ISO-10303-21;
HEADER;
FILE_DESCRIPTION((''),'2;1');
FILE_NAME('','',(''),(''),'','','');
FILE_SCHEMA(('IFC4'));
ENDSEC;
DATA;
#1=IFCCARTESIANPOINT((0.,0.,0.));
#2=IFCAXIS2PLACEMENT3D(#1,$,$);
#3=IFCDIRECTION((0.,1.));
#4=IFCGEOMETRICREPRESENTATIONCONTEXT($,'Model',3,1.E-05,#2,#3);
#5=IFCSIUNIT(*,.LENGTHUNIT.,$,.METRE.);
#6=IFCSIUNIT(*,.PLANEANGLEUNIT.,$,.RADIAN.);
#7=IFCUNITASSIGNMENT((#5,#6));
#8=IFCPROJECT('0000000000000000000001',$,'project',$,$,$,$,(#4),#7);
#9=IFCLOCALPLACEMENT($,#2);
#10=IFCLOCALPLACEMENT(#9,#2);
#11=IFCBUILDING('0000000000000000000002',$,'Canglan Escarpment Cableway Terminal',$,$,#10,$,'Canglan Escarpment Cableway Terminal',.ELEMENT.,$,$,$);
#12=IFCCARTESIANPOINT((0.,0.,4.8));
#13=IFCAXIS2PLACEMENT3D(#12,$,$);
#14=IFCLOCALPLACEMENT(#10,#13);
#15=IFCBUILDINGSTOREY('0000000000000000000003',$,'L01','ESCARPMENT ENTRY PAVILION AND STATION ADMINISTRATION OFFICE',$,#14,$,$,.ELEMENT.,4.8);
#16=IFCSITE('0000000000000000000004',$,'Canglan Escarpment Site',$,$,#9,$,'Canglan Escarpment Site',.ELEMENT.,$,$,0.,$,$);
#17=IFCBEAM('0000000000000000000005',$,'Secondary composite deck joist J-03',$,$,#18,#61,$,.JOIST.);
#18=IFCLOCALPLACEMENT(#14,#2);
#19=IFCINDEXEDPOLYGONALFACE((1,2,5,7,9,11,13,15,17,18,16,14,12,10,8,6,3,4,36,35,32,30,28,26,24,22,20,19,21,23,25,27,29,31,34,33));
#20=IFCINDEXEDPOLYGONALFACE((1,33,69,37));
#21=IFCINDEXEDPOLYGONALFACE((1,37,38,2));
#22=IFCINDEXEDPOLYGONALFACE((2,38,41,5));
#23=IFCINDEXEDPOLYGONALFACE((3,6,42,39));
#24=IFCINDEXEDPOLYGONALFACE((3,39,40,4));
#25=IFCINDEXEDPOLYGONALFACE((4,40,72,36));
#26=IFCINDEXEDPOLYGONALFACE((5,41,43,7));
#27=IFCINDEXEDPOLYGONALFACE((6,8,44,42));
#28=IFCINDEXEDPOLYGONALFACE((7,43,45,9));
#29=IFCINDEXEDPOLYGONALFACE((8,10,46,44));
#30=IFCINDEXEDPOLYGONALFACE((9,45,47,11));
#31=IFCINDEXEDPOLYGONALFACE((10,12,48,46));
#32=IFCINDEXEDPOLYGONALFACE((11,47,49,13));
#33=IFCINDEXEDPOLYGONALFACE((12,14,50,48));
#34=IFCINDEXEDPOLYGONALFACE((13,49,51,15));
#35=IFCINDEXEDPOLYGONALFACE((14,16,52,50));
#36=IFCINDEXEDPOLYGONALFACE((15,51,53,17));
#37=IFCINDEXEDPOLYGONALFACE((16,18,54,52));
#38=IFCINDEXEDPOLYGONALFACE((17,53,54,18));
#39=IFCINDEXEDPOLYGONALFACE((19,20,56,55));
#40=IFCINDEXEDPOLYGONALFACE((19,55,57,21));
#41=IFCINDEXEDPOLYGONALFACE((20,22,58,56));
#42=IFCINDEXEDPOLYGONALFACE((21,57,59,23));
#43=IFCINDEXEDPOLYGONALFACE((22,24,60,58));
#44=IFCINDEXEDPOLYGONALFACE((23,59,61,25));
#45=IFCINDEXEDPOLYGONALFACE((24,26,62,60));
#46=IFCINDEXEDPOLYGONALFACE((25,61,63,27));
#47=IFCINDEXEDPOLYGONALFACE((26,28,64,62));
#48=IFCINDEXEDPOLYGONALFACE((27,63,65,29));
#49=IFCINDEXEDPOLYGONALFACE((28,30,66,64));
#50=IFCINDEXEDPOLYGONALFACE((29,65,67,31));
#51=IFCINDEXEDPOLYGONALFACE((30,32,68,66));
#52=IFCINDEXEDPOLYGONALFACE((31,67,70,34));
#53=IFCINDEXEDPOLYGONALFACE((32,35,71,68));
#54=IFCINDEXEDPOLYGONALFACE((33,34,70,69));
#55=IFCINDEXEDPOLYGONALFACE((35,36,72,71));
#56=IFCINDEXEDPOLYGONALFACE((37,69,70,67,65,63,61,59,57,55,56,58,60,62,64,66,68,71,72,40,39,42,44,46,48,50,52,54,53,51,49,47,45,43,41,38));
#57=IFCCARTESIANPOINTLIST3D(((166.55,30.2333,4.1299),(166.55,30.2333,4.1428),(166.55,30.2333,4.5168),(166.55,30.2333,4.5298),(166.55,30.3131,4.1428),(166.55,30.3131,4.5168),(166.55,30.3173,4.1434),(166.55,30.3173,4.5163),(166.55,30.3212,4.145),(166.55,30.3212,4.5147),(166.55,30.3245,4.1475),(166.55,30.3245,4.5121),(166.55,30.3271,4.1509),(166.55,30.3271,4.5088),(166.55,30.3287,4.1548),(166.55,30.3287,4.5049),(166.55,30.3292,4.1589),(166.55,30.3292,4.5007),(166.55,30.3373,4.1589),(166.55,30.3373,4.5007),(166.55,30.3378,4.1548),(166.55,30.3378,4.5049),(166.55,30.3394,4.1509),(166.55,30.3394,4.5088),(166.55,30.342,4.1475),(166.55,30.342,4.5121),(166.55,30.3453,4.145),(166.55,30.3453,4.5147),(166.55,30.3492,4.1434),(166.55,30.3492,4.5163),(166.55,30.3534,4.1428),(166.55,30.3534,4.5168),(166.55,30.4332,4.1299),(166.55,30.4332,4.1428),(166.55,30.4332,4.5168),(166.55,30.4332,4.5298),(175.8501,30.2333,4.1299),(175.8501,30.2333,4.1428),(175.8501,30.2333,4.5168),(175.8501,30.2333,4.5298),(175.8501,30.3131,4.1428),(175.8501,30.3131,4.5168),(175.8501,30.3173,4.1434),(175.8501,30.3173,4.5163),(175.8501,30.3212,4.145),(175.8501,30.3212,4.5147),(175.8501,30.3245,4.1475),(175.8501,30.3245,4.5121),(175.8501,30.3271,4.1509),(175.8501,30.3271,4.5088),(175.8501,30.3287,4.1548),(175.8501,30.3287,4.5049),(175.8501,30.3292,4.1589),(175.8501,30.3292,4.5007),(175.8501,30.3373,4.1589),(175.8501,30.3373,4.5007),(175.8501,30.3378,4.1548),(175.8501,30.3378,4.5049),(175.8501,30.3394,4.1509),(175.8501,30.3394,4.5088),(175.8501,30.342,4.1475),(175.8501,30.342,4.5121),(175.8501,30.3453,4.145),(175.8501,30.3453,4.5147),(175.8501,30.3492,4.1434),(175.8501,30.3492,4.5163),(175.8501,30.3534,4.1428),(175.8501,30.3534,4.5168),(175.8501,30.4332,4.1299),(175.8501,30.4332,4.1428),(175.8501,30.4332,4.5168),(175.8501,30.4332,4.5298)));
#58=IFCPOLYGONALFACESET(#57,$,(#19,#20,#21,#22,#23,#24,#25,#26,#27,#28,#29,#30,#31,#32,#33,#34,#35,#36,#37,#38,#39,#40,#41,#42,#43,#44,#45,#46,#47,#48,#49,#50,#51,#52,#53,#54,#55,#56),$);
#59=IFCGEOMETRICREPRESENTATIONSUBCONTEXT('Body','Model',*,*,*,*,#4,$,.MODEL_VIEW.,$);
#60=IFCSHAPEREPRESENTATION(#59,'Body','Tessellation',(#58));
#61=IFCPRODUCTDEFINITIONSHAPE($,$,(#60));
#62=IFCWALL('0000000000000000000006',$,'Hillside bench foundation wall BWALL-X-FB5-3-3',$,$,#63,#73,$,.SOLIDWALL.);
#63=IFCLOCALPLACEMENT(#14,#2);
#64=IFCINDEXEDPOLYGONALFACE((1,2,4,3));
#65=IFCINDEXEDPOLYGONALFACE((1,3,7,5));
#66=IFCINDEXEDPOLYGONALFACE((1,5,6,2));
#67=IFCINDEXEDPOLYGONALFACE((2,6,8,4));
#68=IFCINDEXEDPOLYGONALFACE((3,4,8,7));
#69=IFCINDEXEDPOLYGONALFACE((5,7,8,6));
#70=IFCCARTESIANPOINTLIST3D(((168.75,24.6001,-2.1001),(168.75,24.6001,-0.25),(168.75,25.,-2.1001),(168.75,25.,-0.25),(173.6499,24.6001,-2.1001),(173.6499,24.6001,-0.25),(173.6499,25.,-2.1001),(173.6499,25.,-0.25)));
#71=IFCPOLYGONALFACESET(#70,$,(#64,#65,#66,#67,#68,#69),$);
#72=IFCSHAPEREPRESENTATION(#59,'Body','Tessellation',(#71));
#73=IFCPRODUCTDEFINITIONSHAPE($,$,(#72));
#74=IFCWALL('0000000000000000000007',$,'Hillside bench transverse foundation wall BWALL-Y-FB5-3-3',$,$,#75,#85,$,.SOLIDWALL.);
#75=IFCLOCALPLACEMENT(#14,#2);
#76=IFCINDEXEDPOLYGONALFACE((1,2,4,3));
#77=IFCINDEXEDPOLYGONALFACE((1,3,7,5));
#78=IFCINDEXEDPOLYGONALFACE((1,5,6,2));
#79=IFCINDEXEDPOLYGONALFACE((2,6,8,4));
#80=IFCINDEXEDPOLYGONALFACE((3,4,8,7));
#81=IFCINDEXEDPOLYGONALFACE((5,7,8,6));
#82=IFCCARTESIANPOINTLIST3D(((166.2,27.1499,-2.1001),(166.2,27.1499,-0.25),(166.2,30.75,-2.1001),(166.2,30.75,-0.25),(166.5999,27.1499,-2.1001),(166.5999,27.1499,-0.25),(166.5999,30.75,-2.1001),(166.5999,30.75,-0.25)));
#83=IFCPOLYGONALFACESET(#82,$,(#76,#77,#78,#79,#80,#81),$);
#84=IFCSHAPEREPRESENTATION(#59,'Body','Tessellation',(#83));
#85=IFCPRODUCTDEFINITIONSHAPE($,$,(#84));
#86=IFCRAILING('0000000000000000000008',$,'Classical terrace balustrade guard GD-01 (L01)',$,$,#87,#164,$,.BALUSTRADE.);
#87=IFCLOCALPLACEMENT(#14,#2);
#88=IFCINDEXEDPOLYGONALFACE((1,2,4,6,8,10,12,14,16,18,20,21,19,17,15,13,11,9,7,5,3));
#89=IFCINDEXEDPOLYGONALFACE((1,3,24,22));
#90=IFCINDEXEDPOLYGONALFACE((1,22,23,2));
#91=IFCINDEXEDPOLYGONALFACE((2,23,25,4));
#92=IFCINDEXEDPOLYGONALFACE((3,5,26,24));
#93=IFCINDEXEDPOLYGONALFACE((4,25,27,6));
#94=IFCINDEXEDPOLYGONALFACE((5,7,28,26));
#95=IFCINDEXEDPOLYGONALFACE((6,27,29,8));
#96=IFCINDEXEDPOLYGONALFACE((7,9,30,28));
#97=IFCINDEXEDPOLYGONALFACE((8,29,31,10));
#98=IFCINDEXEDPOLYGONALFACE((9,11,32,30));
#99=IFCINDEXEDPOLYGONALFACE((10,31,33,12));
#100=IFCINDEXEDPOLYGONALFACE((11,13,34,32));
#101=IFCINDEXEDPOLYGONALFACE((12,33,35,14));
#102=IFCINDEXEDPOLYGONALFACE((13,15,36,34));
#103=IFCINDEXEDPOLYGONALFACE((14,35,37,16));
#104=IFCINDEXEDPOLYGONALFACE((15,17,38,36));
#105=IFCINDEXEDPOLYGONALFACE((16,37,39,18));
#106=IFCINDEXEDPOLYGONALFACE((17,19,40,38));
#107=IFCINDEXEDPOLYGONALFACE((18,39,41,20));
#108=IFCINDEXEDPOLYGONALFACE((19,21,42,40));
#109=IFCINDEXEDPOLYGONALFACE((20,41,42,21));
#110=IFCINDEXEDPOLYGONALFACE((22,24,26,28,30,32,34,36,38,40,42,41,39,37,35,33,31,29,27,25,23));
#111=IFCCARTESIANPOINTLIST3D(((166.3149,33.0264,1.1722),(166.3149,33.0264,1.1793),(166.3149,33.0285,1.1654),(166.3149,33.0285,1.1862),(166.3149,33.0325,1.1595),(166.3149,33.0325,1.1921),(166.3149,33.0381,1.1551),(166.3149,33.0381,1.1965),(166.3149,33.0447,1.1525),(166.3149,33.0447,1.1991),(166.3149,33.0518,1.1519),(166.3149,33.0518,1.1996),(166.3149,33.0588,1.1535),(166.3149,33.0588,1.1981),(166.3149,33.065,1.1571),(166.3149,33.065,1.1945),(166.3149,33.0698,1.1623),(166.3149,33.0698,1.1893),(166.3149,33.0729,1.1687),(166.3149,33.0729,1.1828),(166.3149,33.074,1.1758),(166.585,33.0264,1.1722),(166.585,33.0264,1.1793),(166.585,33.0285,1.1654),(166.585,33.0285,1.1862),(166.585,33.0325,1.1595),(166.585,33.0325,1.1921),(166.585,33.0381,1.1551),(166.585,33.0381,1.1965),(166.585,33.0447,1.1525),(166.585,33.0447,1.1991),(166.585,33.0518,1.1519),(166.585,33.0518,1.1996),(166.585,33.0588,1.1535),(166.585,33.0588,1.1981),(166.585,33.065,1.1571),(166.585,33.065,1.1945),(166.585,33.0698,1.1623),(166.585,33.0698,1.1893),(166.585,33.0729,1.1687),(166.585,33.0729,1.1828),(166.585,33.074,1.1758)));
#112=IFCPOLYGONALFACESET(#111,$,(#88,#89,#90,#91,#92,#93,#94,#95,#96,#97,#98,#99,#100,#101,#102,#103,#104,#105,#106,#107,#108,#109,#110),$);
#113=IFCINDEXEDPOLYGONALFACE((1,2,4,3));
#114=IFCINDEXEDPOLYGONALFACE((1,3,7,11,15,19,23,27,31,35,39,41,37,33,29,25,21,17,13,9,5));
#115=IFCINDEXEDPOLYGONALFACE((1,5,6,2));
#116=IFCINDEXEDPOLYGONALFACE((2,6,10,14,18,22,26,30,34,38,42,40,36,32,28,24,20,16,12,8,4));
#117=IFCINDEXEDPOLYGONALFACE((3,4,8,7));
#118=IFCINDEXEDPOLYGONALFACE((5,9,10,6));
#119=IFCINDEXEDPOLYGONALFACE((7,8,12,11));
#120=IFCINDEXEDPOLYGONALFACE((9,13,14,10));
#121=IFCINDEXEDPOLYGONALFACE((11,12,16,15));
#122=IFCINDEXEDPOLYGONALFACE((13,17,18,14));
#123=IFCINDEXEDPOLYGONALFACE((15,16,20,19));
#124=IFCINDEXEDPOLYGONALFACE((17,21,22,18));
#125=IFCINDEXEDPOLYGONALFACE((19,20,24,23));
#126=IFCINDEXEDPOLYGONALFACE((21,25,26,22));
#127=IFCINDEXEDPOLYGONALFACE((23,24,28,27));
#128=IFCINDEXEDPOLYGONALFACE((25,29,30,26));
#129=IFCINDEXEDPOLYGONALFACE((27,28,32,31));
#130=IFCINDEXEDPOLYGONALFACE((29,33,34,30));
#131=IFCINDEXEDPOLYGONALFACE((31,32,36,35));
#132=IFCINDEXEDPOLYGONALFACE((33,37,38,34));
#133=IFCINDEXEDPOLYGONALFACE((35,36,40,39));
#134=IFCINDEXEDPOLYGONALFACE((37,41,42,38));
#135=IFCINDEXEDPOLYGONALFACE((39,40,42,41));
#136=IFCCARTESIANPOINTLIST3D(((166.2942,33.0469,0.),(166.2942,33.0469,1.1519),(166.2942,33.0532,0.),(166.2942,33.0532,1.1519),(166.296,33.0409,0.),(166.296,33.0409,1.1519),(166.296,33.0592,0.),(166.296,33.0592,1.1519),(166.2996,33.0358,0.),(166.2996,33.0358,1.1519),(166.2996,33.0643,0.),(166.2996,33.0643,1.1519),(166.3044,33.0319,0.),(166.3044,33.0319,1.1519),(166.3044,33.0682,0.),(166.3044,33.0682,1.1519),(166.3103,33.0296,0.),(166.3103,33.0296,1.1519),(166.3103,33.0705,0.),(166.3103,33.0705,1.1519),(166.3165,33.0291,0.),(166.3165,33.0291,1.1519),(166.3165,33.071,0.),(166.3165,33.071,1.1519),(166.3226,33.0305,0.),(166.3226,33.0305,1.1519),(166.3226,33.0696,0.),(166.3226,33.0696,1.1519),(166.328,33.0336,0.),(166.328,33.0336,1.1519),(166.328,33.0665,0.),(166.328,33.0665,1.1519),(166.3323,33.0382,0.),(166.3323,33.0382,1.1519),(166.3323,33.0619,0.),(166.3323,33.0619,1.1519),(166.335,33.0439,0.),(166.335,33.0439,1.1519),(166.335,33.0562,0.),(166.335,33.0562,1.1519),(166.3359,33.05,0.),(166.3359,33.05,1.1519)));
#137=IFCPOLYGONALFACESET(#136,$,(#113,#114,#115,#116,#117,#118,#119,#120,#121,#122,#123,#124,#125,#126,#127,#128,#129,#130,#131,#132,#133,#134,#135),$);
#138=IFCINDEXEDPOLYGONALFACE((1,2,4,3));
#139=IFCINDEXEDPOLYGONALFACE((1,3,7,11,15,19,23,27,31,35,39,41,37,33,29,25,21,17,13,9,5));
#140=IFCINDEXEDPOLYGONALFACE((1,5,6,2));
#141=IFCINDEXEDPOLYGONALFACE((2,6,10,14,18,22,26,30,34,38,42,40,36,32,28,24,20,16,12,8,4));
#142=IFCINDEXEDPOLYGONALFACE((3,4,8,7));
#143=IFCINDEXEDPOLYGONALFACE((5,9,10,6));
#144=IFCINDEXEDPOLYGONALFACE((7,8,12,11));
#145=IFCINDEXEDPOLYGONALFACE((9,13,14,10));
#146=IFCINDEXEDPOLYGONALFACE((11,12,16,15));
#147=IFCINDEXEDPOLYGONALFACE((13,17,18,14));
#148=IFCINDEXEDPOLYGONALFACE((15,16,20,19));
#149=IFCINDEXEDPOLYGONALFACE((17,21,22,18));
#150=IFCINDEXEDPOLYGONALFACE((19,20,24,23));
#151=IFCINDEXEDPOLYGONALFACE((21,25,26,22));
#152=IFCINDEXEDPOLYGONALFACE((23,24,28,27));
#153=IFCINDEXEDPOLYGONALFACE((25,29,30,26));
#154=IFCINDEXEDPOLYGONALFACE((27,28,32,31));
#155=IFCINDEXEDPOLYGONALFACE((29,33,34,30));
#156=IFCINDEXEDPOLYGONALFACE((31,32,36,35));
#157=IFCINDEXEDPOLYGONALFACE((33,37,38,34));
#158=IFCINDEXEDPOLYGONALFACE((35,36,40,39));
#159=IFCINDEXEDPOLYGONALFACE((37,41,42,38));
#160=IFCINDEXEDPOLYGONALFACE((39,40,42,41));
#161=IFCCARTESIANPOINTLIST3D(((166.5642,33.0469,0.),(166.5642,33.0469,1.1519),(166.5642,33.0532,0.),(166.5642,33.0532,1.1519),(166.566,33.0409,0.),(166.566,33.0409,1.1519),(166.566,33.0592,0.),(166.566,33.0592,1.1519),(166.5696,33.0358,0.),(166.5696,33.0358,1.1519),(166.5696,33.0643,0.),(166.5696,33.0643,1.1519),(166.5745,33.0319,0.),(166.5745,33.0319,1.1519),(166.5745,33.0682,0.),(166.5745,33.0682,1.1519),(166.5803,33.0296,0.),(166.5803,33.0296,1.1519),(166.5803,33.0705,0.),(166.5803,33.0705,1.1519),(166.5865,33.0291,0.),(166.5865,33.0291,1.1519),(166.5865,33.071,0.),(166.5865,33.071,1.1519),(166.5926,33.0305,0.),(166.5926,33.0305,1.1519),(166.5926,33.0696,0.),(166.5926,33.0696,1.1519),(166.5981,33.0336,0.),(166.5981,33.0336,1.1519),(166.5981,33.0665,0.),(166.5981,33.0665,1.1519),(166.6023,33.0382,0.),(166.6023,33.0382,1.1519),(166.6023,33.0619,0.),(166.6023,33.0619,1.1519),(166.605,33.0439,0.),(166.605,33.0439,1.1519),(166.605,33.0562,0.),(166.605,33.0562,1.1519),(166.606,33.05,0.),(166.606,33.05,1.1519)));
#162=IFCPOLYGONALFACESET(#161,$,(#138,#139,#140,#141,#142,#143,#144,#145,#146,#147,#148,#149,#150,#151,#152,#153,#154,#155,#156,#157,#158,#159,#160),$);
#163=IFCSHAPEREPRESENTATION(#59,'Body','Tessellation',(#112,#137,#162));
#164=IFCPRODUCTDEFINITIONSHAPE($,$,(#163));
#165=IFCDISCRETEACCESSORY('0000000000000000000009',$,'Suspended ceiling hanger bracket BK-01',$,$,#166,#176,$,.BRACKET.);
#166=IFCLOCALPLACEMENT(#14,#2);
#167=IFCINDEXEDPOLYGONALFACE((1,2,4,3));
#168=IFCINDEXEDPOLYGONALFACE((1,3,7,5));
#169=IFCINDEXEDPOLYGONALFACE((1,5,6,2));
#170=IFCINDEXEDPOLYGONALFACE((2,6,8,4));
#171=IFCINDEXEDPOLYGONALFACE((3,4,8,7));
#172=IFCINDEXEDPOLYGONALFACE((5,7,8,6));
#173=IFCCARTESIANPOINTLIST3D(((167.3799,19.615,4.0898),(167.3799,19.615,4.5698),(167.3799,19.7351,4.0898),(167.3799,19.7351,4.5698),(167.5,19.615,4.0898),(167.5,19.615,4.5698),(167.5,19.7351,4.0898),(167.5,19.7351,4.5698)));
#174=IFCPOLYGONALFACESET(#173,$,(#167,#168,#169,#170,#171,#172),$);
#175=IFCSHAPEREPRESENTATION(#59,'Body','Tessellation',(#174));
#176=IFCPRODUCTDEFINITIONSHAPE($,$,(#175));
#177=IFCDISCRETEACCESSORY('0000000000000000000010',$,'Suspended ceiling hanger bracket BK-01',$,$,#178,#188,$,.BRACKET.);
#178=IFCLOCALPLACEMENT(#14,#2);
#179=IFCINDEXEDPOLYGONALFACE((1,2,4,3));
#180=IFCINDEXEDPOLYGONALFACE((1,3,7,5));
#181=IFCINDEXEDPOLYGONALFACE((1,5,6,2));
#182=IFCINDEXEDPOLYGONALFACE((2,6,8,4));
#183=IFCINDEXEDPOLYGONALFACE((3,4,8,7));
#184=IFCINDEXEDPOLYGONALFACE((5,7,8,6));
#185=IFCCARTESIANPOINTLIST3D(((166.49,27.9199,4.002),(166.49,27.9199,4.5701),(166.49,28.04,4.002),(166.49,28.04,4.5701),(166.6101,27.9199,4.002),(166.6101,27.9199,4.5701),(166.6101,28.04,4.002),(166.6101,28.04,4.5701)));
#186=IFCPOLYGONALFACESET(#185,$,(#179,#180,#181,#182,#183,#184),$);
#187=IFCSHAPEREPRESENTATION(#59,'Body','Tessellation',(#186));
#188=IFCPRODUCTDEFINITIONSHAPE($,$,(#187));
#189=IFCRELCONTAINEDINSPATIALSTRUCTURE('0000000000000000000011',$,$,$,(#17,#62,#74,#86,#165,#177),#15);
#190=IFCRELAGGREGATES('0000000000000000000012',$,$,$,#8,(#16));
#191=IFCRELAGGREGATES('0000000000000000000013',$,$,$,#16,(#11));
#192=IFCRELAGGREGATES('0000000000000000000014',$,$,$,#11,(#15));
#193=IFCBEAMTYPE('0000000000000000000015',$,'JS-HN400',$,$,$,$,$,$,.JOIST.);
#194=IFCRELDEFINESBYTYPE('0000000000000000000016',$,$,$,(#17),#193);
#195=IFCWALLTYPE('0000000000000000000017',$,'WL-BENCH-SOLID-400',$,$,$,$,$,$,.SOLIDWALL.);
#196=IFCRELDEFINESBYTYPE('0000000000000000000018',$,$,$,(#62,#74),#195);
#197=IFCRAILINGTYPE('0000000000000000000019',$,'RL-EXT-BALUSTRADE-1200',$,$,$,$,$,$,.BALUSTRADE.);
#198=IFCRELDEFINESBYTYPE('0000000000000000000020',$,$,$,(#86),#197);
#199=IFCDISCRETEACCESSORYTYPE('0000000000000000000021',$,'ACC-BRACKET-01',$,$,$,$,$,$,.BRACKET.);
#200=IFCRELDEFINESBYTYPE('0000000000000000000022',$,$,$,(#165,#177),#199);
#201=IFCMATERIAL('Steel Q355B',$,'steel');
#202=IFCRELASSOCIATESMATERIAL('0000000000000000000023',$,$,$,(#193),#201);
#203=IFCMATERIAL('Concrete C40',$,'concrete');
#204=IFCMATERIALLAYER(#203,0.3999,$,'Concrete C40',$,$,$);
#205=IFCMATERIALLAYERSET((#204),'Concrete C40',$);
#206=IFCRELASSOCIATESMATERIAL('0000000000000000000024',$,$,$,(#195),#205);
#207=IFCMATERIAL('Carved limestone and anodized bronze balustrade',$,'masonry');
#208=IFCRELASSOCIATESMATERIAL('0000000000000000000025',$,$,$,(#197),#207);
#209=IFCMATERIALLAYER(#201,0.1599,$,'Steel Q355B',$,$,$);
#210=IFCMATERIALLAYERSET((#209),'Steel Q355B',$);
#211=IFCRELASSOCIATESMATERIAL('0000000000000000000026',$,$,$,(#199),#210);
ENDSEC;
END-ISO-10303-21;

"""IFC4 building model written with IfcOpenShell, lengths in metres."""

from ifc_helpers import new_model, si_unit, direction, frame, frame_2d, origin, origin_2d, place, context, subcontext, project, spatial, rectangle, circle, i_section, extrude, material, layer, layer_set, material_profile, profile_set, type_object, element, save


model = new_model("IFC4")

# Units and contexts
model_context = context("Model", 3, precision=1e-05, world=origin(), true_north=direction((0.0, 1.0)))
body_context = subcontext(model_context, "Body", "Model", "MODEL_VIEW")
ifc_project = project(units=[si_unit("LENGTHUNIT", "METRE"), si_unit("PLANEANGLEUNIT", "RADIAN")], contexts=[model_context])

# Site, building, storey
site_placement = place(None, origin())
site = spatial("IfcSite", under=ifc_project, at=site_placement, Name="Canglan Escarpment Site", LongName="Canglan Escarpment Site", CompositionType="ELEMENT", RefElevation=0.0)
building_placement = place(site_placement, origin())
building = spatial("IfcBuilding", under=site, at=building_placement, Name="Canglan Escarpment Cableway Terminal", LongName="Canglan Escarpment Cableway Terminal", CompositionType="ELEMENT")
storey_placement = place(building_placement, frame((0.0, 0.0, 4.8)))
storey = spatial("IfcBuildingStorey", under=building, at=storey_placement, Name="L01", Description="ESCARPMENT ENTRY PAVILION AND STATION ADMINISTRATION OFFICE", CompositionType="ELEMENT", Elevation=4.8)

# Shared definitions
ifc_material_1 = material(Name="Concrete C40", Category="concrete")

# Beam
ifc_material_2 = material(Name="Steel Q355B", Category="steel")
ifc_material_profile_1 = material_profile(ifc_material_2, i_section(OverallWidth=0.2, OverallDepth=0.3999, WebThickness=0.0081, FlangeThickness=0.0129, FilletRadius=0.0161, at=origin_2d()), Name="HN 400x200x8x13")
ifc_profile_set_1 = profile_set([ifc_material_profile_1], Name="Steel Q355B")
beam_type_1 = type_object("IfcBeamType", Name="JS-HN400", PredefinedType="JOIST", material=ifc_profile_set_1)
for number, where, z_axis, x_axis, name in (
    (1, (166.55, 30.3333, 4.3298), (1.0, 0.0, 0.0), (0.0, 1.0, 0.0), "Secondary composite deck joist J-03"),
):
    element("IfcBeam", number, at=place(storey_placement, frame(where, z_axis=z_axis, x_axis=x_axis)), inside=storey, type_object=beam_type_1, Name=name, PredefinedType="JOIST", context=body_context, shape_type="SweptSolid", body=[
        extrude(i_section(OverallWidth=0.2, OverallDepth=0.3999, WebThickness=0.0081, FlangeThickness=0.0129, FilletRadius=0.0161, at=origin_2d()), origin(), (0.0, 0.0, 1.0), 9.3),
    ])

# Walls
ifc_layer_1 = layer(ifc_material_1, 0.3999, Name="Concrete C40")
ifc_layer_set_1 = layer_set([ifc_layer_1], Name="Concrete C40")
wall_type = type_object("IfcWallType", Name="WL-BENCH-SOLID-400", PredefinedType="SOLIDWALL", material=ifc_layer_set_1)
wall_1_placement = place(storey_placement, frame((168.75, 24.8, -2.1001), z_axis=(0.0, 0.0, 1.0), x_axis=(1.0, 0.0, 0.0)))
element("IfcWall", 2, at=wall_1_placement, inside=storey, type_object=wall_type, Name="Hillside bench foundation wall BWALL-X-FB5-3-3", PredefinedType="SOLIDWALL", context=body_context, shape_type="SweptSolid", body=[
    extrude(rectangle(XDim=4.8999, YDim=0.3999, at=frame_2d((2.45, 0.0))), origin(), (0.0, 0.0, 1.0), 1.8501),
])
wall_2_placement = place(storey_placement, frame((166.3999, 27.1499, -2.1001), z_axis=(0.0, 0.0, 1.0), x_axis=(0.0, 1.0, 0.0)))
element("IfcWall", 3, at=wall_2_placement, inside=storey, type_object=wall_type, Name="Hillside bench transverse foundation wall BWALL-Y-FB5-3-3", PredefinedType="SOLIDWALL", context=body_context, shape_type="SweptSolid", body=[
    extrude(rectangle(XDim=3.6001, YDim=0.3999, at=frame_2d((1.8, 0.0))), origin(), (0.0, 0.0, 1.0), 1.8501),
])

# Railing
ifc_material_3 = material(Name="Carved limestone and anodized bronze balustrade", Category="masonry")
railing_type = type_object("IfcRailingType", Name="RL-EXT-BALUSTRADE-1200", PredefinedType="BALUSTRADE", material=ifc_material_3)
railing_placement = place(storey_placement, frame((166.3149, 33.05, 0.0)))
element("IfcRailing", 4, at=railing_placement, inside=storey, type_object=railing_type, Name="Classical terrace balustrade guard GD-01 (L01)", PredefinedType="BALUSTRADE", context=body_context, shape_type="SweptSolid", body=[
    extrude(circle(Radius=0.0239, at=origin_2d()), frame((0.0, 0.0, 1.1758), z_axis=(1.0, 0.0, 0.0), x_axis=(0.0, 1.0, 0.0)), (0.0, 0.0, 1.0), 0.27),
    extrude(circle(Radius=0.021, at=origin_2d()), origin(), (0.0, 0.0, 1.0), 1.1519),
    extrude(circle(Radius=0.021, at=origin_2d()), frame((0.27, 0.0, 0.0)), (0.0, 0.0, 1.0), 1.1519),
])

# Discrete accessories
ifc_layer_2 = layer(ifc_material_2, 0.1599, Name="Steel Q355B")
ifc_layer_set_2 = layer_set([ifc_layer_2], Name="Steel Q355B")
discrete_accessory_type = type_object("IfcDiscreteAccessoryType", Name="ACC-BRACKET-01", PredefinedType="BRACKET", material=ifc_layer_set_2)
discrete_accessory_1_placement = place(storey_placement, frame((167.4399, 19.675, 4.0898), z_axis=(0.0, 0.0, 1.0), x_axis=(1.0, 0.0, 0.0)))
element("IfcDiscreteAccessory", 5, at=discrete_accessory_1_placement, inside=storey, type_object=discrete_accessory_type, Name="Suspended ceiling hanger bracket BK-01", PredefinedType="BRACKET", context=body_context, shape_type="SweptSolid", body=[
    extrude(rectangle(XDim=0.1201, YDim=0.1201, at=origin_2d()), origin(), (0.0, 0.0, 1.0), 0.48),
])
discrete_accessory_2_placement = place(storey_placement, frame((166.55, 27.98, 4.002), z_axis=(0.0, 0.0, 1.0), x_axis=(1.0, 0.0, 0.0)))
element("IfcDiscreteAccessory", 6, at=discrete_accessory_2_placement, inside=storey, type_object=discrete_accessory_type, Name="Suspended ceiling hanger bracket BK-01", PredefinedType="BRACKET", context=body_context, shape_type="SweptSolid", body=[
    extrude(rectangle(XDim=0.1201, YDim=0.1201, at=origin_2d()), origin(), (0.0, 0.0, 1.0), 0.5681),
])

save(model, "model.ifc")
